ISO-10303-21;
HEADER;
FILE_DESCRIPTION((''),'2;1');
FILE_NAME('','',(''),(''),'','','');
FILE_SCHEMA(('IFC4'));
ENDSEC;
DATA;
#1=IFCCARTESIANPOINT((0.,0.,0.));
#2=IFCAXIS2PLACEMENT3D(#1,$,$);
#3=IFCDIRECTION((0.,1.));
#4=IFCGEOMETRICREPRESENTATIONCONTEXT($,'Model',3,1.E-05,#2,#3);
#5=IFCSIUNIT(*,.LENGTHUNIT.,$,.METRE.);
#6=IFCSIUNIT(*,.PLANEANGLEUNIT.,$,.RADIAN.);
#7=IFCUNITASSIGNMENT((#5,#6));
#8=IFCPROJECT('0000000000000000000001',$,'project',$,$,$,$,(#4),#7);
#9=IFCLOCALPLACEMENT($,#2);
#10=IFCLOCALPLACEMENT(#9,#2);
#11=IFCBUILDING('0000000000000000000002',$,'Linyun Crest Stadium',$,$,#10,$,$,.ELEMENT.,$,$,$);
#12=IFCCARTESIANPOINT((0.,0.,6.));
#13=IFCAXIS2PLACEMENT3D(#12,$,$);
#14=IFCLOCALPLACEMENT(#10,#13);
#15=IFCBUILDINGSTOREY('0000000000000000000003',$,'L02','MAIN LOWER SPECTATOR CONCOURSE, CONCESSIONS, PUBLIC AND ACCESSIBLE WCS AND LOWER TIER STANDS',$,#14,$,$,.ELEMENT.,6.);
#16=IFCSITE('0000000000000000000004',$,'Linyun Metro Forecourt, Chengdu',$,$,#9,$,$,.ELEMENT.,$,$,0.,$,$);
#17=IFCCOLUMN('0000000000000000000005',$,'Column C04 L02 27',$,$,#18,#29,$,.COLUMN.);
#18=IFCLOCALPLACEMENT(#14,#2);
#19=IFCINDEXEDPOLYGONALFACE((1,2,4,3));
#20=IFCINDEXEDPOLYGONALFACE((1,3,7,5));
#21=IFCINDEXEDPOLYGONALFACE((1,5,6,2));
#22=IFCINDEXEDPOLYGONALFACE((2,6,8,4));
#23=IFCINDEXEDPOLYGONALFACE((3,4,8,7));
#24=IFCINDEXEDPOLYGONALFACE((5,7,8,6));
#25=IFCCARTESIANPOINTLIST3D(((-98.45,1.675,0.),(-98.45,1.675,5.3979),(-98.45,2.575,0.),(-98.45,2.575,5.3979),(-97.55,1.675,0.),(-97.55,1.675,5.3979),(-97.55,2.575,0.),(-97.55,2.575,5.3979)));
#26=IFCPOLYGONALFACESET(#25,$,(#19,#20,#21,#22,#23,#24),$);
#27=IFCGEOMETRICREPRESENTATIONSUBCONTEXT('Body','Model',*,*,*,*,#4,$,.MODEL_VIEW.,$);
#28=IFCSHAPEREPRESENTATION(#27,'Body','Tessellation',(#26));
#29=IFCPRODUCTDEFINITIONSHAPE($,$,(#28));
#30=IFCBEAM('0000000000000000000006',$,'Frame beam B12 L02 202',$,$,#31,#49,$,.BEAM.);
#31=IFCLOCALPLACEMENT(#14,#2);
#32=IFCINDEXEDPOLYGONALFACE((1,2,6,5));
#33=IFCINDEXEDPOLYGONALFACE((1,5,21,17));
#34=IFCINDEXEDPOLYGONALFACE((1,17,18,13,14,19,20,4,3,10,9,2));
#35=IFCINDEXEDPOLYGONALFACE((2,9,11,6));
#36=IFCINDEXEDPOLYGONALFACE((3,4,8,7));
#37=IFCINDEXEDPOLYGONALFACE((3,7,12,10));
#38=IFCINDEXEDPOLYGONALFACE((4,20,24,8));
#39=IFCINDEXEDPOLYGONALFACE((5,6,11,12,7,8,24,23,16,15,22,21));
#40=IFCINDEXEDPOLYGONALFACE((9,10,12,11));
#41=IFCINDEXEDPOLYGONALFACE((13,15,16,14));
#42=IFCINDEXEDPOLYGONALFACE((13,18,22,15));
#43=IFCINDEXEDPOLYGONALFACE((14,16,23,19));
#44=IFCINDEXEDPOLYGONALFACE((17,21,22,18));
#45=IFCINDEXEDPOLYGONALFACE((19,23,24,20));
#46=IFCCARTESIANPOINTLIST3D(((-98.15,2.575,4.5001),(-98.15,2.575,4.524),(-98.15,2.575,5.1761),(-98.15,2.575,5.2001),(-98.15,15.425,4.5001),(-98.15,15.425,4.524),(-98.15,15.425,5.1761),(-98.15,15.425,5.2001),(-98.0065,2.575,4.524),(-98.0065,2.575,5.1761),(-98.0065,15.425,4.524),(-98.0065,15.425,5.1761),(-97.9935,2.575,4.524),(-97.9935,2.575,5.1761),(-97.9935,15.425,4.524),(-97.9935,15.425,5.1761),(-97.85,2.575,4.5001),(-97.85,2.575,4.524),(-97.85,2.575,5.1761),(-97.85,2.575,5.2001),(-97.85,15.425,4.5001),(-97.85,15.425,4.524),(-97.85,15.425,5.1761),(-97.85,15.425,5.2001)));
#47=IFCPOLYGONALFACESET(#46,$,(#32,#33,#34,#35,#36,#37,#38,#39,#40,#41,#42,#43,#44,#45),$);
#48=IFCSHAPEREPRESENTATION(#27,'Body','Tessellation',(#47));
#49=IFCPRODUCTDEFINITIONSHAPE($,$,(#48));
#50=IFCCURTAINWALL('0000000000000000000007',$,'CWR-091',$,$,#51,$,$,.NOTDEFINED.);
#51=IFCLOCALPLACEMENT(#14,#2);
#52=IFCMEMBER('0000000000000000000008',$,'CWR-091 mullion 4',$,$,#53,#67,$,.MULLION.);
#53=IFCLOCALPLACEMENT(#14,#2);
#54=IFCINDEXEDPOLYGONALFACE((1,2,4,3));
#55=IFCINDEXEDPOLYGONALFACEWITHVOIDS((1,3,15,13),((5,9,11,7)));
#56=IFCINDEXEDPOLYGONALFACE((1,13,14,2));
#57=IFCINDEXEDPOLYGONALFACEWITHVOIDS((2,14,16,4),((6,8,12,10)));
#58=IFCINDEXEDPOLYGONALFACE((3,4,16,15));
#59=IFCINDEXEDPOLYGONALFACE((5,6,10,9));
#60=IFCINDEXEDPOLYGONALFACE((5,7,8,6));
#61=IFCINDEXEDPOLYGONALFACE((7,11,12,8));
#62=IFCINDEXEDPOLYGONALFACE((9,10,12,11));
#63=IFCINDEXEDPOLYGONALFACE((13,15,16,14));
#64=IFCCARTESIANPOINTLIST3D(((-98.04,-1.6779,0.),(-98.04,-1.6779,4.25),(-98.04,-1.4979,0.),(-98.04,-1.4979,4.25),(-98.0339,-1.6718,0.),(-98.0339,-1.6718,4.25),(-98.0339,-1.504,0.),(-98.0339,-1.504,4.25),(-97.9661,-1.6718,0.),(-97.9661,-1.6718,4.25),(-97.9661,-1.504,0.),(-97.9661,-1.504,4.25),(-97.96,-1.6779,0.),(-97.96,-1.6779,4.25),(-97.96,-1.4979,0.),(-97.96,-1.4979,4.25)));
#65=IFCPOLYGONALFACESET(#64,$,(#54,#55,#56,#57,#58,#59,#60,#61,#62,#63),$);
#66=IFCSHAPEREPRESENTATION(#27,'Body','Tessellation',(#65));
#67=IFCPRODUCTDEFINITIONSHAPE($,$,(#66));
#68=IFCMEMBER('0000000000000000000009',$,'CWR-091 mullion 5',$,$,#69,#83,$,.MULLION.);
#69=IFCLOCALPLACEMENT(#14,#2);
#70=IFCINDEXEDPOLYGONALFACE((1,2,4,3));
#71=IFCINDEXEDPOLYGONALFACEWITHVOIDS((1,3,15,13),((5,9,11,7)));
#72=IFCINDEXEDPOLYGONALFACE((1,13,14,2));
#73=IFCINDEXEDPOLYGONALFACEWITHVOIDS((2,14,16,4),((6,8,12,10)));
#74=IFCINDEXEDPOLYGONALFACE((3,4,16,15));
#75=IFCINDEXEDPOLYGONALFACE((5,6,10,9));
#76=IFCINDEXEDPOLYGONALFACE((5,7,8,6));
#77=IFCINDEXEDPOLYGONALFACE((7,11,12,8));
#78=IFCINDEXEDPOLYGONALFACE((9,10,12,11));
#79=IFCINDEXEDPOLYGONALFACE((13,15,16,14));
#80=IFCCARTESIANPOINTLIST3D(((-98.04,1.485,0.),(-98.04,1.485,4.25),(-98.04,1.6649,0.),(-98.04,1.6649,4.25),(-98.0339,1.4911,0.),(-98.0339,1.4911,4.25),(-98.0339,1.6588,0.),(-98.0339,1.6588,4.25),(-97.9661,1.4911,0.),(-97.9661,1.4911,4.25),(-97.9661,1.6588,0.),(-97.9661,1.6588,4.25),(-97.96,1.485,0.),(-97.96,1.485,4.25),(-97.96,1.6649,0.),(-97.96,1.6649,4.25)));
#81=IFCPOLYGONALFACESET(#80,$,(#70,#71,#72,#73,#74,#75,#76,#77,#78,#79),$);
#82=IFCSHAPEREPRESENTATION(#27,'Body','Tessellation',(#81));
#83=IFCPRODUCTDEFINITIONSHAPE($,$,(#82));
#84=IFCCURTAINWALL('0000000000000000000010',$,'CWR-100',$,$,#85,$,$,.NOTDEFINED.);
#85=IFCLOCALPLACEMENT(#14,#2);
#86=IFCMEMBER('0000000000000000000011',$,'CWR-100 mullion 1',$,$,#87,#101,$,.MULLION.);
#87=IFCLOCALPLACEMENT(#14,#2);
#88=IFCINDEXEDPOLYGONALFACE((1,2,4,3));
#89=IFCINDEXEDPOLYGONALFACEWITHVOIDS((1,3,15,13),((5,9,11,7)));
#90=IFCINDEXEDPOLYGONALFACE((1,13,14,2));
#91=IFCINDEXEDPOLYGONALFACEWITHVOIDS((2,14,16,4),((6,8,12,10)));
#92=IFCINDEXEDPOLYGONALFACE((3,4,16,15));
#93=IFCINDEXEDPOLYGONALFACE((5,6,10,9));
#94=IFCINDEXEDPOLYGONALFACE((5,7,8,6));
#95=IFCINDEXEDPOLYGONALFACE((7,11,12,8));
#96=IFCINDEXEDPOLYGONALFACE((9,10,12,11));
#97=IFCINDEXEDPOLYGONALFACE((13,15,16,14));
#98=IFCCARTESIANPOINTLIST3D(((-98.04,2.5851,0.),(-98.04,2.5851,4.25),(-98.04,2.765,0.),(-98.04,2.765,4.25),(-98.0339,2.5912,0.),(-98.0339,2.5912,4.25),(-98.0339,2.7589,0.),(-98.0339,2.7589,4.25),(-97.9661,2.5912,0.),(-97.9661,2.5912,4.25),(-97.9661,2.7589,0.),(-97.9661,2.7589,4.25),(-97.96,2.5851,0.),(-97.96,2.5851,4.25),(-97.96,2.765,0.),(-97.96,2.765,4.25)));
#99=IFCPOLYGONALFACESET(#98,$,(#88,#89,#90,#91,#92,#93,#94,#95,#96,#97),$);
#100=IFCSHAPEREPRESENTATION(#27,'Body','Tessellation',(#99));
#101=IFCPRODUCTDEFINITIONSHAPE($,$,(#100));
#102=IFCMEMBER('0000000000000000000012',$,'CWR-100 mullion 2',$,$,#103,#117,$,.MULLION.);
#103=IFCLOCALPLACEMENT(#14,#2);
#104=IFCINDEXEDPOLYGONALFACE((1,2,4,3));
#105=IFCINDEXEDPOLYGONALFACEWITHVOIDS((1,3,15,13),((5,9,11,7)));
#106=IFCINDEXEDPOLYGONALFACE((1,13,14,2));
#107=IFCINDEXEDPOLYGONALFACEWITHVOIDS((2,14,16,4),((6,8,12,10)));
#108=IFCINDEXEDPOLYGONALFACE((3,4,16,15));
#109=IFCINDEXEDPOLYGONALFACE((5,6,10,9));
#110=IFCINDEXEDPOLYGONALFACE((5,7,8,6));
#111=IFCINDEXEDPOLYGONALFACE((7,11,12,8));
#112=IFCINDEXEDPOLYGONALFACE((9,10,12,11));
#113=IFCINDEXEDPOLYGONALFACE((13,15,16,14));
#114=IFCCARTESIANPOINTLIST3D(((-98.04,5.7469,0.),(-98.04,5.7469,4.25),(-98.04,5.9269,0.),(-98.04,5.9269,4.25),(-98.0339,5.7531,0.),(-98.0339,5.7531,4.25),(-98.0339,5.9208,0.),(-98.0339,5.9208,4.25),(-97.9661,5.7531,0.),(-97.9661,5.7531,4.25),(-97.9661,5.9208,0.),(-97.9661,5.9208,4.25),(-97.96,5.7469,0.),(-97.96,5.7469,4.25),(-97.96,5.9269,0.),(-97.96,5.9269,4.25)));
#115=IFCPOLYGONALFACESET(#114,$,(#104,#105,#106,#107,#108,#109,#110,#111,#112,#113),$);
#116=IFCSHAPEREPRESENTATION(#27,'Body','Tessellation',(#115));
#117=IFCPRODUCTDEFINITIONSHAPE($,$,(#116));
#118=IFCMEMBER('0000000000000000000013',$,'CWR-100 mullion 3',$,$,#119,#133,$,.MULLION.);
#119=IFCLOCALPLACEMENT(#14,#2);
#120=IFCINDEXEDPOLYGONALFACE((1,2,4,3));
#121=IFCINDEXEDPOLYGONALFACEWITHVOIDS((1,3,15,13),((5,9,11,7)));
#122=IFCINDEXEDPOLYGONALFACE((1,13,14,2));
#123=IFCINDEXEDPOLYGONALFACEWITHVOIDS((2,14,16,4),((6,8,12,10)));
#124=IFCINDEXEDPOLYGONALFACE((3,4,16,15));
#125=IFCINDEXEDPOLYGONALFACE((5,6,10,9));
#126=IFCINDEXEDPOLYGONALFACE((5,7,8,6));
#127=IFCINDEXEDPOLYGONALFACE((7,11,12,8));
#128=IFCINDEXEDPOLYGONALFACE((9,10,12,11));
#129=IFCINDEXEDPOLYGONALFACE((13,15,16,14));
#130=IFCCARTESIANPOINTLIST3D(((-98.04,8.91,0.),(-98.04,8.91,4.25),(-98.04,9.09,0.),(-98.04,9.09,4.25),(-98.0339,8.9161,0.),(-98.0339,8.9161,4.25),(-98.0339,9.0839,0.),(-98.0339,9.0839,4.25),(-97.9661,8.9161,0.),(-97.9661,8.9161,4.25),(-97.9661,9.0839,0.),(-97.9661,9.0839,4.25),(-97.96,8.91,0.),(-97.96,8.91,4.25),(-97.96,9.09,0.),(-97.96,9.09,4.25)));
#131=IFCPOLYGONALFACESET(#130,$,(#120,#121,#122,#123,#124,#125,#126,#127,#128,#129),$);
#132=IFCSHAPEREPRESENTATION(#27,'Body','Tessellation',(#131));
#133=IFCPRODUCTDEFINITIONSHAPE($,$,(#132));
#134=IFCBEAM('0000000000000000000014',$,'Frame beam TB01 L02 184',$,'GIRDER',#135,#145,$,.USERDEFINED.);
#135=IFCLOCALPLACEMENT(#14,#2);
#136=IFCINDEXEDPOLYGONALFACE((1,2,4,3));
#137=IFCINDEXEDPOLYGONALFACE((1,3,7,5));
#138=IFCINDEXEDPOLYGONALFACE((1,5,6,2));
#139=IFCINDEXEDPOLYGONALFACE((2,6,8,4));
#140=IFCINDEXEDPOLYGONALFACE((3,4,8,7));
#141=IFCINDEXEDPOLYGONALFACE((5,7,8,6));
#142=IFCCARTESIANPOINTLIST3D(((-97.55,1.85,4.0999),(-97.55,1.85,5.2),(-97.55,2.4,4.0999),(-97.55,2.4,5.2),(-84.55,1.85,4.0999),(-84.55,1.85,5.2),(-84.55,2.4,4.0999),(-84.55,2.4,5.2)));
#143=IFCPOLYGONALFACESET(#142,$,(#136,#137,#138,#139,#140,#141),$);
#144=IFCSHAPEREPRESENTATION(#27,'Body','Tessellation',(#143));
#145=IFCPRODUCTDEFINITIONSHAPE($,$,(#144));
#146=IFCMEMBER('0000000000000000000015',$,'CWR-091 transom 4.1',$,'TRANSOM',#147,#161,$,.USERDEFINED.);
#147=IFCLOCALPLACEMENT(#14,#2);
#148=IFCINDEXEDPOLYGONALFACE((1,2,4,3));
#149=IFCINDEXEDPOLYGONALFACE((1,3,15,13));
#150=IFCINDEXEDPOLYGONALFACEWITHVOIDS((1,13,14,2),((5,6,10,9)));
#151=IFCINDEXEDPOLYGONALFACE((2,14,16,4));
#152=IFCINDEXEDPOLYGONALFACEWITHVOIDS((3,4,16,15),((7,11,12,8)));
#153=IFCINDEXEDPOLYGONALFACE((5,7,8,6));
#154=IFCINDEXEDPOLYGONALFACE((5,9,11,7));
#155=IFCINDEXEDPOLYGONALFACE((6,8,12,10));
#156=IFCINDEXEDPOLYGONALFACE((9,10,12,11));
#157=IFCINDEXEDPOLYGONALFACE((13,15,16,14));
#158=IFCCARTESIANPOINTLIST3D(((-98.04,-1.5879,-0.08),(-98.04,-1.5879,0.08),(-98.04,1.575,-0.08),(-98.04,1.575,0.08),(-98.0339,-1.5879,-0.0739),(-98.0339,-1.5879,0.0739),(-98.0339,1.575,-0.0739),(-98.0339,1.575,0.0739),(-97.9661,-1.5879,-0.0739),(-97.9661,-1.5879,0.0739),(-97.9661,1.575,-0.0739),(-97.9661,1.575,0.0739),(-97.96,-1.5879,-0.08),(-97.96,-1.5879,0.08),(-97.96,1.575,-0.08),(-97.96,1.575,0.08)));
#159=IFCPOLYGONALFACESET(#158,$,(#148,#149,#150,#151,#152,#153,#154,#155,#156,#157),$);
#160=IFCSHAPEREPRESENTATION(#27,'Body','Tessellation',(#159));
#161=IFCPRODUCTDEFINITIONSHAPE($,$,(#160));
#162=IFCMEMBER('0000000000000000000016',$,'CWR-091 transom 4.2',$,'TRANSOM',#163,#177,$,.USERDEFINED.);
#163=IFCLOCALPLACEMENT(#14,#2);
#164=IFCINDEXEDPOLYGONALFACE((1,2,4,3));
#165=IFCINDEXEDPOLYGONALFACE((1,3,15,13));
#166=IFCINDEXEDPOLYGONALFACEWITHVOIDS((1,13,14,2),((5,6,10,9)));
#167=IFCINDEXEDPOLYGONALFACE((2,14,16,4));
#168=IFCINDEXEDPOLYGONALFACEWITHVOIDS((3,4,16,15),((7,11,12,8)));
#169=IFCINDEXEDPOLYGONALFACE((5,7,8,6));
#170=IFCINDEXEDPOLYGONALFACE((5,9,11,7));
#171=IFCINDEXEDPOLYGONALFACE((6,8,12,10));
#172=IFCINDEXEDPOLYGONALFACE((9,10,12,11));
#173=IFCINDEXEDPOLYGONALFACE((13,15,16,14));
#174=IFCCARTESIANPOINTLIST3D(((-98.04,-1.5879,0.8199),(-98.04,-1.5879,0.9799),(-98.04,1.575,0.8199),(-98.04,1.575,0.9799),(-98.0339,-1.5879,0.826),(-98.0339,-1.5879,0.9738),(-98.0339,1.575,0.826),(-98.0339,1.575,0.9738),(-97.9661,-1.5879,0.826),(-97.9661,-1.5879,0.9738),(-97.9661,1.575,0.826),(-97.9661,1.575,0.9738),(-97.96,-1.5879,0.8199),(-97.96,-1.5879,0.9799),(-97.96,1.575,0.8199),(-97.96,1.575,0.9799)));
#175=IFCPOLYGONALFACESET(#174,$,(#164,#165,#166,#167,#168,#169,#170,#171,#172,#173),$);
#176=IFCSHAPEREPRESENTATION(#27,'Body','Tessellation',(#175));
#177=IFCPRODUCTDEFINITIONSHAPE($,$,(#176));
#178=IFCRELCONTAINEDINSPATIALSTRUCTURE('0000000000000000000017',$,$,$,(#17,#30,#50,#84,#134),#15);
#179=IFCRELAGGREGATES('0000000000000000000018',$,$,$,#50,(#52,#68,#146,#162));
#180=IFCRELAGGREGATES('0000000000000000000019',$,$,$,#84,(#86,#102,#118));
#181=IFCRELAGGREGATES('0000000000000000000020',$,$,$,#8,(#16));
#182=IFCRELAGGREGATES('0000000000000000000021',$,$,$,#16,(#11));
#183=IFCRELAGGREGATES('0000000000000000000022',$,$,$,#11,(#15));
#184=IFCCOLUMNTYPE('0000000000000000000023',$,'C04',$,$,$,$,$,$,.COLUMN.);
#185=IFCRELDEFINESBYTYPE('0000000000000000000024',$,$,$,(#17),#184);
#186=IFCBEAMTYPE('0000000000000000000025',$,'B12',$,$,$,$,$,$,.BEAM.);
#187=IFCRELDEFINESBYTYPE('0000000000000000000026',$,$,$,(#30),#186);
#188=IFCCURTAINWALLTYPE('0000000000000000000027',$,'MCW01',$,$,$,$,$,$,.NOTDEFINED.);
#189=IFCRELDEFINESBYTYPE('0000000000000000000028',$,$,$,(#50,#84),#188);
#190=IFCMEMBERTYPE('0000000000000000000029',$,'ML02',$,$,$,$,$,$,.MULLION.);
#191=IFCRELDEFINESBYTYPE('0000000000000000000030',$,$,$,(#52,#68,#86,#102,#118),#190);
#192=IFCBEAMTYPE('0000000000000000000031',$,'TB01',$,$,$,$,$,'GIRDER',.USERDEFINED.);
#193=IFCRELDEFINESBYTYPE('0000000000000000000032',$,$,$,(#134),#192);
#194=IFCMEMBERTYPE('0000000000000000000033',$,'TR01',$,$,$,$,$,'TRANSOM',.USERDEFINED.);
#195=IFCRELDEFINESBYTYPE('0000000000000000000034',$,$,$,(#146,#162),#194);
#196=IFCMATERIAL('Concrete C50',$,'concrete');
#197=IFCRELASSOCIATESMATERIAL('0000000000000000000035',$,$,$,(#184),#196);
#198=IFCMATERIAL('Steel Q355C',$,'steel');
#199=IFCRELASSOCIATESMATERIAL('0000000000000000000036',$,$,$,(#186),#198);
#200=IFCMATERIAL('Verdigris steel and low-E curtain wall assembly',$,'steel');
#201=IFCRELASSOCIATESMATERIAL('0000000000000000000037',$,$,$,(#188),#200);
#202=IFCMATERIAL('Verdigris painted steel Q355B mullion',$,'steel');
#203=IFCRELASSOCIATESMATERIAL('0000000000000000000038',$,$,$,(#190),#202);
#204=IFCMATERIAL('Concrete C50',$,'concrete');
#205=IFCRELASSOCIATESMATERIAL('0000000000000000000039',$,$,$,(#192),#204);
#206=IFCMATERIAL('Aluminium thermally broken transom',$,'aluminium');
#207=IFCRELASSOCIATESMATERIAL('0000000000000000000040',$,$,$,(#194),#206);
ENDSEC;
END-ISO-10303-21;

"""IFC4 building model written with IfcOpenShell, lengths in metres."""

from ifc_helpers import new_model, si_unit, direction, frame, origin, origin_2d, place, context, subcontext, project, spatial, rectangle, hollow_rectangle, i_section, extrude, material, material_profile, profile_set, type_object, element, aggregate, save


model = new_model("IFC4")

# Units and contexts
model_context = context("Model", 3, precision=1e-05, world=origin(), true_north=direction((0.0, 1.0)))
body_context = subcontext(model_context, "Body", "Model", "MODEL_VIEW")
ifc_project = project(units=[si_unit("LENGTHUNIT", "METRE"), si_unit("PLANEANGLEUNIT", "RADIAN")], contexts=[model_context])

# Site, building, storey
site_placement = place(None, origin())
site = spatial("IfcSite", under=ifc_project, at=site_placement, Name="Linyun Metro Forecourt, Chengdu", CompositionType="ELEMENT", RefElevation=0.0)
building_placement = place(site_placement, origin())
building = spatial("IfcBuilding", under=site, at=building_placement, Name="Linyun Crest Stadium", CompositionType="ELEMENT")
storey_placement = place(building_placement, frame((0.0, 0.0, 6.0)))
storey = spatial("IfcBuildingStorey", under=building, at=storey_placement, Name="L02", Description="MAIN LOWER SPECTATOR CONCOURSE, CONCESSIONS, PUBLIC AND ACCESSIBLE WCS AND LOWER TIER STANDS", CompositionType="ELEMENT", Elevation=6.0)

# Column
ifc_material_1 = material(Name="Concrete C50", Category="concrete")
ifc_material_profile_1 = material_profile(ifc_material_1, rectangle(XDim=0.8999, YDim=0.8999, at=origin_2d()), Name="RC 900x900")
ifc_profile_set_1 = profile_set([ifc_material_profile_1], Name="Concrete C50")
column_type = type_object("IfcColumnType", Name="C04", PredefinedType="COLUMN", material=ifc_profile_set_1)
column_placement = place(storey_placement, frame((-98.0, 2.125, 0.0), z_axis=(0.0, 0.0, 1.0), x_axis=(1.0, 0.0, 0.0)))
element("IfcColumn", 1, at=column_placement, inside=storey, type_object=column_type, Name="Column C04 L02 27", PredefinedType="COLUMN", context=body_context, shape_type="SweptSolid", body=[
    extrude(rectangle(XDim=0.8999, YDim=0.8999, at=origin_2d()), origin(), (0.0, 0.0, 1.0), 5.3979),
])

# Beam
ifc_material_2 = material(Name="Steel Q355C", Category="steel")
ifc_material_profile_2 = material_profile(ifc_material_2, i_section(OverallWidth=0.3, OverallDepth=0.7, WebThickness=0.0129, FlangeThickness=0.0239, at=origin_2d()), Name="HN 700x300")
ifc_profile_set_2 = profile_set([ifc_material_profile_2], Name="Steel Q355C")
beam_type_1 = type_object("IfcBeamType", Name="B12", PredefinedType="BEAM", material=ifc_profile_set_2)
beam_1_placement = place(storey_placement, frame((-98.0, 2.575, 4.8501), z_axis=(0.0, 1.0, 0.0), x_axis=(-1.0, 0.0, 0.0)))
element("IfcBeam", 2, at=beam_1_placement, inside=storey, type_object=beam_type_1, Name="Frame beam B12 L02 202", PredefinedType="BEAM", context=body_context, shape_type="SweptSolid", body=[
    extrude(i_section(OverallWidth=0.3, OverallDepth=0.7, WebThickness=0.0129, FlangeThickness=0.0239, at=origin_2d()), origin(), (0.0, 0.0, 1.0), 12.8501),
])

# Curtain walls, members
ifc_material_3 = material(Name="Verdigris steel and low-E curtain wall assembly", Category="steel")
curtain_wall_type = type_object("IfcCurtainWallType", Name="MCW01", PredefinedType="NOTDEFINED", material=ifc_material_3)
curtain_wall_1_placement = place(storey_placement, origin())
curtain_wall_1 = element("IfcCurtainWall", 3, at=curtain_wall_1_placement, inside=storey, type_object=curtain_wall_type, Name="CWR-091", PredefinedType="NOTDEFINED")
ifc_material_4 = material(Name="Verdigris painted steel Q355B mullion", Category="steel")
ifc_material_profile_3 = material_profile(ifc_material_4, hollow_rectangle(XDim=0.0801, YDim=0.1799, WallThickness=0.0061, at=origin_2d()), Name="RHS 180x80x6")
ifc_profile_set_3 = profile_set([ifc_material_profile_3], Name="Verdigris painted steel Q355B mullion")
member_type_1 = type_object("IfcMemberType", Name="ML02", PredefinedType="MULLION", material=ifc_profile_set_3)
member_1_placement = place(storey_placement, frame((-98.0, -1.5879, 0.0), z_axis=(0.0, 0.0, 1.0), x_axis=(-1.0, 0.0, 0.0)))
member_1 = element("IfcMember", 4, at=member_1_placement, type_object=member_type_1, Name="CWR-091 mullion 4", PredefinedType="MULLION", context=body_context, shape_type="SweptSolid", body=[
    extrude(hollow_rectangle(XDim=0.0801, YDim=0.1799, WallThickness=0.0061, at=origin_2d()), origin(), (0.0, 0.0, 1.0), 4.25),
])
member_2_placement = place(storey_placement, frame((-98.0, 1.575, 0.0), z_axis=(0.0, 0.0, 1.0), x_axis=(-1.0, 0.0, 0.0)))
member_2 = element("IfcMember", 5, at=member_2_placement, type_object=member_type_1, Name="CWR-091 mullion 5", PredefinedType="MULLION", context=body_context, shape_type="SweptSolid", body=[
    extrude(hollow_rectangle(XDim=0.0801, YDim=0.1799, WallThickness=0.0061, at=origin_2d()), origin(), (0.0, 0.0, 1.0), 4.25),
])
curtain_wall_2_placement = place(storey_placement, origin())
curtain_wall_2 = element("IfcCurtainWall", 6, at=curtain_wall_2_placement, inside=storey, type_object=curtain_wall_type, Name="CWR-100", PredefinedType="NOTDEFINED")
member_3_placement = place(storey_placement, frame((-98.0, 2.675, 0.0), z_axis=(0.0, 0.0, 1.0), x_axis=(-1.0, 0.0, 0.0)))
member_3 = element("IfcMember", 7, at=member_3_placement, type_object=member_type_1, Name="CWR-100 mullion 1", PredefinedType="MULLION", context=body_context, shape_type="SweptSolid", body=[
    extrude(hollow_rectangle(XDim=0.0801, YDim=0.1799, WallThickness=0.0061, at=origin_2d()), origin(), (0.0, 0.0, 1.0), 4.25),
])
member_4_placement = place(storey_placement, frame((-98.0, 5.8369, 0.0), z_axis=(0.0, 0.0, 1.0), x_axis=(-1.0, 0.0, 0.0)))
member_4 = element("IfcMember", 8, at=member_4_placement, type_object=member_type_1, Name="CWR-100 mullion 2", PredefinedType="MULLION", context=body_context, shape_type="SweptSolid", body=[
    extrude(hollow_rectangle(XDim=0.0801, YDim=0.1799, WallThickness=0.0061, at=origin_2d()), origin(), (0.0, 0.0, 1.0), 4.25),
])
member_5_placement = place(storey_placement, frame((-98.0, 9.0, 0.0), z_axis=(0.0, 0.0, 1.0), x_axis=(-1.0, 0.0, 0.0)))
member_5 = element("IfcMember", 9, at=member_5_placement, type_object=member_type_1, Name="CWR-100 mullion 3", PredefinedType="MULLION", context=body_context, shape_type="SweptSolid", body=[
    extrude(hollow_rectangle(XDim=0.0801, YDim=0.1799, WallThickness=0.0061, at=origin_2d()), origin(), (0.0, 0.0, 1.0), 4.25),
])

# Beam
ifc_material_5 = material(Name="Concrete C50", Category="concrete")
ifc_material_profile_4 = material_profile(ifc_material_5, rectangle(XDim=0.55, YDim=1.1001, at=origin_2d()), Name="RCB 1100x550")
ifc_profile_set_4 = profile_set([ifc_material_profile_4], Name="Concrete C50")
beam_type_2 = type_object("IfcBeamType", Name="TB01", ElementType="GIRDER", PredefinedType="USERDEFINED", material=ifc_profile_set_4)
beam_2_placement = place(storey_placement, frame((-97.55, 2.125, 4.6499), z_axis=(1.0, 0.0, 0.0), x_axis=(0.0, 1.0, 0.0)))
element("IfcBeam", 10, at=beam_2_placement, inside=storey, type_object=beam_type_2, Name="Frame beam TB01 L02 184", ObjectType="GIRDER", PredefinedType="USERDEFINED", context=body_context, shape_type="SweptSolid", body=[
    extrude(rectangle(XDim=0.55, YDim=1.1001, at=origin_2d()), origin(), (0.0, 0.0, 1.0), 13.0),
])

# Members
ifc_material_6 = material(Name="Aluminium thermally broken transom", Category="aluminium")
ifc_material_profile_5 = material_profile(ifc_material_6, hollow_rectangle(XDim=0.0801, YDim=0.1599, WallThickness=0.0061, at=origin_2d()), Name="RHS 160x80x6")
ifc_profile_set_5 = profile_set([ifc_material_profile_5], Name="Aluminium thermally broken transom")
member_type_2 = type_object("IfcMemberType", Name="TR01", ElementType="TRANSOM", PredefinedType="USERDEFINED", material=ifc_profile_set_5)
member_6_placement = place(storey_placement, frame((-98.0, -1.5879, 0.0), z_axis=(0.0, 1.0, 0.0), x_axis=(-1.0, 0.0, 0.0)))
member_6 = element("IfcMember", 11, at=member_6_placement, type_object=member_type_2, Name="CWR-091 transom 4.1", ObjectType="TRANSOM", PredefinedType="USERDEFINED", context=body_context, shape_type="SweptSolid", body=[
    extrude(hollow_rectangle(XDim=0.0801, YDim=0.1599, WallThickness=0.0061, at=origin_2d()), origin(), (0.0, 0.0, 1.0), 3.1628),
])
member_7_placement = place(storey_placement, frame((-98.0, -1.5879, 0.8999), z_axis=(0.0, 1.0, 0.0), x_axis=(-1.0, 0.0, 0.0)))
member_7 = element("IfcMember", 12, at=member_7_placement, type_object=member_type_2, Name="CWR-091 transom 4.2", ObjectType="TRANSOM", PredefinedType="USERDEFINED", context=body_context, shape_type="SweptSolid", body=[
    extrude(hollow_rectangle(XDim=0.0801, YDim=0.1599, WallThickness=0.0061, at=origin_2d()), origin(), (0.0, 0.0, 1.0), 3.1628),
])

aggregate(curtain_wall_1, [member_1, member_2, member_6, member_7])
aggregate(curtain_wall_2, [member_3, member_4, member_5])

save(model, "model.ifc")
